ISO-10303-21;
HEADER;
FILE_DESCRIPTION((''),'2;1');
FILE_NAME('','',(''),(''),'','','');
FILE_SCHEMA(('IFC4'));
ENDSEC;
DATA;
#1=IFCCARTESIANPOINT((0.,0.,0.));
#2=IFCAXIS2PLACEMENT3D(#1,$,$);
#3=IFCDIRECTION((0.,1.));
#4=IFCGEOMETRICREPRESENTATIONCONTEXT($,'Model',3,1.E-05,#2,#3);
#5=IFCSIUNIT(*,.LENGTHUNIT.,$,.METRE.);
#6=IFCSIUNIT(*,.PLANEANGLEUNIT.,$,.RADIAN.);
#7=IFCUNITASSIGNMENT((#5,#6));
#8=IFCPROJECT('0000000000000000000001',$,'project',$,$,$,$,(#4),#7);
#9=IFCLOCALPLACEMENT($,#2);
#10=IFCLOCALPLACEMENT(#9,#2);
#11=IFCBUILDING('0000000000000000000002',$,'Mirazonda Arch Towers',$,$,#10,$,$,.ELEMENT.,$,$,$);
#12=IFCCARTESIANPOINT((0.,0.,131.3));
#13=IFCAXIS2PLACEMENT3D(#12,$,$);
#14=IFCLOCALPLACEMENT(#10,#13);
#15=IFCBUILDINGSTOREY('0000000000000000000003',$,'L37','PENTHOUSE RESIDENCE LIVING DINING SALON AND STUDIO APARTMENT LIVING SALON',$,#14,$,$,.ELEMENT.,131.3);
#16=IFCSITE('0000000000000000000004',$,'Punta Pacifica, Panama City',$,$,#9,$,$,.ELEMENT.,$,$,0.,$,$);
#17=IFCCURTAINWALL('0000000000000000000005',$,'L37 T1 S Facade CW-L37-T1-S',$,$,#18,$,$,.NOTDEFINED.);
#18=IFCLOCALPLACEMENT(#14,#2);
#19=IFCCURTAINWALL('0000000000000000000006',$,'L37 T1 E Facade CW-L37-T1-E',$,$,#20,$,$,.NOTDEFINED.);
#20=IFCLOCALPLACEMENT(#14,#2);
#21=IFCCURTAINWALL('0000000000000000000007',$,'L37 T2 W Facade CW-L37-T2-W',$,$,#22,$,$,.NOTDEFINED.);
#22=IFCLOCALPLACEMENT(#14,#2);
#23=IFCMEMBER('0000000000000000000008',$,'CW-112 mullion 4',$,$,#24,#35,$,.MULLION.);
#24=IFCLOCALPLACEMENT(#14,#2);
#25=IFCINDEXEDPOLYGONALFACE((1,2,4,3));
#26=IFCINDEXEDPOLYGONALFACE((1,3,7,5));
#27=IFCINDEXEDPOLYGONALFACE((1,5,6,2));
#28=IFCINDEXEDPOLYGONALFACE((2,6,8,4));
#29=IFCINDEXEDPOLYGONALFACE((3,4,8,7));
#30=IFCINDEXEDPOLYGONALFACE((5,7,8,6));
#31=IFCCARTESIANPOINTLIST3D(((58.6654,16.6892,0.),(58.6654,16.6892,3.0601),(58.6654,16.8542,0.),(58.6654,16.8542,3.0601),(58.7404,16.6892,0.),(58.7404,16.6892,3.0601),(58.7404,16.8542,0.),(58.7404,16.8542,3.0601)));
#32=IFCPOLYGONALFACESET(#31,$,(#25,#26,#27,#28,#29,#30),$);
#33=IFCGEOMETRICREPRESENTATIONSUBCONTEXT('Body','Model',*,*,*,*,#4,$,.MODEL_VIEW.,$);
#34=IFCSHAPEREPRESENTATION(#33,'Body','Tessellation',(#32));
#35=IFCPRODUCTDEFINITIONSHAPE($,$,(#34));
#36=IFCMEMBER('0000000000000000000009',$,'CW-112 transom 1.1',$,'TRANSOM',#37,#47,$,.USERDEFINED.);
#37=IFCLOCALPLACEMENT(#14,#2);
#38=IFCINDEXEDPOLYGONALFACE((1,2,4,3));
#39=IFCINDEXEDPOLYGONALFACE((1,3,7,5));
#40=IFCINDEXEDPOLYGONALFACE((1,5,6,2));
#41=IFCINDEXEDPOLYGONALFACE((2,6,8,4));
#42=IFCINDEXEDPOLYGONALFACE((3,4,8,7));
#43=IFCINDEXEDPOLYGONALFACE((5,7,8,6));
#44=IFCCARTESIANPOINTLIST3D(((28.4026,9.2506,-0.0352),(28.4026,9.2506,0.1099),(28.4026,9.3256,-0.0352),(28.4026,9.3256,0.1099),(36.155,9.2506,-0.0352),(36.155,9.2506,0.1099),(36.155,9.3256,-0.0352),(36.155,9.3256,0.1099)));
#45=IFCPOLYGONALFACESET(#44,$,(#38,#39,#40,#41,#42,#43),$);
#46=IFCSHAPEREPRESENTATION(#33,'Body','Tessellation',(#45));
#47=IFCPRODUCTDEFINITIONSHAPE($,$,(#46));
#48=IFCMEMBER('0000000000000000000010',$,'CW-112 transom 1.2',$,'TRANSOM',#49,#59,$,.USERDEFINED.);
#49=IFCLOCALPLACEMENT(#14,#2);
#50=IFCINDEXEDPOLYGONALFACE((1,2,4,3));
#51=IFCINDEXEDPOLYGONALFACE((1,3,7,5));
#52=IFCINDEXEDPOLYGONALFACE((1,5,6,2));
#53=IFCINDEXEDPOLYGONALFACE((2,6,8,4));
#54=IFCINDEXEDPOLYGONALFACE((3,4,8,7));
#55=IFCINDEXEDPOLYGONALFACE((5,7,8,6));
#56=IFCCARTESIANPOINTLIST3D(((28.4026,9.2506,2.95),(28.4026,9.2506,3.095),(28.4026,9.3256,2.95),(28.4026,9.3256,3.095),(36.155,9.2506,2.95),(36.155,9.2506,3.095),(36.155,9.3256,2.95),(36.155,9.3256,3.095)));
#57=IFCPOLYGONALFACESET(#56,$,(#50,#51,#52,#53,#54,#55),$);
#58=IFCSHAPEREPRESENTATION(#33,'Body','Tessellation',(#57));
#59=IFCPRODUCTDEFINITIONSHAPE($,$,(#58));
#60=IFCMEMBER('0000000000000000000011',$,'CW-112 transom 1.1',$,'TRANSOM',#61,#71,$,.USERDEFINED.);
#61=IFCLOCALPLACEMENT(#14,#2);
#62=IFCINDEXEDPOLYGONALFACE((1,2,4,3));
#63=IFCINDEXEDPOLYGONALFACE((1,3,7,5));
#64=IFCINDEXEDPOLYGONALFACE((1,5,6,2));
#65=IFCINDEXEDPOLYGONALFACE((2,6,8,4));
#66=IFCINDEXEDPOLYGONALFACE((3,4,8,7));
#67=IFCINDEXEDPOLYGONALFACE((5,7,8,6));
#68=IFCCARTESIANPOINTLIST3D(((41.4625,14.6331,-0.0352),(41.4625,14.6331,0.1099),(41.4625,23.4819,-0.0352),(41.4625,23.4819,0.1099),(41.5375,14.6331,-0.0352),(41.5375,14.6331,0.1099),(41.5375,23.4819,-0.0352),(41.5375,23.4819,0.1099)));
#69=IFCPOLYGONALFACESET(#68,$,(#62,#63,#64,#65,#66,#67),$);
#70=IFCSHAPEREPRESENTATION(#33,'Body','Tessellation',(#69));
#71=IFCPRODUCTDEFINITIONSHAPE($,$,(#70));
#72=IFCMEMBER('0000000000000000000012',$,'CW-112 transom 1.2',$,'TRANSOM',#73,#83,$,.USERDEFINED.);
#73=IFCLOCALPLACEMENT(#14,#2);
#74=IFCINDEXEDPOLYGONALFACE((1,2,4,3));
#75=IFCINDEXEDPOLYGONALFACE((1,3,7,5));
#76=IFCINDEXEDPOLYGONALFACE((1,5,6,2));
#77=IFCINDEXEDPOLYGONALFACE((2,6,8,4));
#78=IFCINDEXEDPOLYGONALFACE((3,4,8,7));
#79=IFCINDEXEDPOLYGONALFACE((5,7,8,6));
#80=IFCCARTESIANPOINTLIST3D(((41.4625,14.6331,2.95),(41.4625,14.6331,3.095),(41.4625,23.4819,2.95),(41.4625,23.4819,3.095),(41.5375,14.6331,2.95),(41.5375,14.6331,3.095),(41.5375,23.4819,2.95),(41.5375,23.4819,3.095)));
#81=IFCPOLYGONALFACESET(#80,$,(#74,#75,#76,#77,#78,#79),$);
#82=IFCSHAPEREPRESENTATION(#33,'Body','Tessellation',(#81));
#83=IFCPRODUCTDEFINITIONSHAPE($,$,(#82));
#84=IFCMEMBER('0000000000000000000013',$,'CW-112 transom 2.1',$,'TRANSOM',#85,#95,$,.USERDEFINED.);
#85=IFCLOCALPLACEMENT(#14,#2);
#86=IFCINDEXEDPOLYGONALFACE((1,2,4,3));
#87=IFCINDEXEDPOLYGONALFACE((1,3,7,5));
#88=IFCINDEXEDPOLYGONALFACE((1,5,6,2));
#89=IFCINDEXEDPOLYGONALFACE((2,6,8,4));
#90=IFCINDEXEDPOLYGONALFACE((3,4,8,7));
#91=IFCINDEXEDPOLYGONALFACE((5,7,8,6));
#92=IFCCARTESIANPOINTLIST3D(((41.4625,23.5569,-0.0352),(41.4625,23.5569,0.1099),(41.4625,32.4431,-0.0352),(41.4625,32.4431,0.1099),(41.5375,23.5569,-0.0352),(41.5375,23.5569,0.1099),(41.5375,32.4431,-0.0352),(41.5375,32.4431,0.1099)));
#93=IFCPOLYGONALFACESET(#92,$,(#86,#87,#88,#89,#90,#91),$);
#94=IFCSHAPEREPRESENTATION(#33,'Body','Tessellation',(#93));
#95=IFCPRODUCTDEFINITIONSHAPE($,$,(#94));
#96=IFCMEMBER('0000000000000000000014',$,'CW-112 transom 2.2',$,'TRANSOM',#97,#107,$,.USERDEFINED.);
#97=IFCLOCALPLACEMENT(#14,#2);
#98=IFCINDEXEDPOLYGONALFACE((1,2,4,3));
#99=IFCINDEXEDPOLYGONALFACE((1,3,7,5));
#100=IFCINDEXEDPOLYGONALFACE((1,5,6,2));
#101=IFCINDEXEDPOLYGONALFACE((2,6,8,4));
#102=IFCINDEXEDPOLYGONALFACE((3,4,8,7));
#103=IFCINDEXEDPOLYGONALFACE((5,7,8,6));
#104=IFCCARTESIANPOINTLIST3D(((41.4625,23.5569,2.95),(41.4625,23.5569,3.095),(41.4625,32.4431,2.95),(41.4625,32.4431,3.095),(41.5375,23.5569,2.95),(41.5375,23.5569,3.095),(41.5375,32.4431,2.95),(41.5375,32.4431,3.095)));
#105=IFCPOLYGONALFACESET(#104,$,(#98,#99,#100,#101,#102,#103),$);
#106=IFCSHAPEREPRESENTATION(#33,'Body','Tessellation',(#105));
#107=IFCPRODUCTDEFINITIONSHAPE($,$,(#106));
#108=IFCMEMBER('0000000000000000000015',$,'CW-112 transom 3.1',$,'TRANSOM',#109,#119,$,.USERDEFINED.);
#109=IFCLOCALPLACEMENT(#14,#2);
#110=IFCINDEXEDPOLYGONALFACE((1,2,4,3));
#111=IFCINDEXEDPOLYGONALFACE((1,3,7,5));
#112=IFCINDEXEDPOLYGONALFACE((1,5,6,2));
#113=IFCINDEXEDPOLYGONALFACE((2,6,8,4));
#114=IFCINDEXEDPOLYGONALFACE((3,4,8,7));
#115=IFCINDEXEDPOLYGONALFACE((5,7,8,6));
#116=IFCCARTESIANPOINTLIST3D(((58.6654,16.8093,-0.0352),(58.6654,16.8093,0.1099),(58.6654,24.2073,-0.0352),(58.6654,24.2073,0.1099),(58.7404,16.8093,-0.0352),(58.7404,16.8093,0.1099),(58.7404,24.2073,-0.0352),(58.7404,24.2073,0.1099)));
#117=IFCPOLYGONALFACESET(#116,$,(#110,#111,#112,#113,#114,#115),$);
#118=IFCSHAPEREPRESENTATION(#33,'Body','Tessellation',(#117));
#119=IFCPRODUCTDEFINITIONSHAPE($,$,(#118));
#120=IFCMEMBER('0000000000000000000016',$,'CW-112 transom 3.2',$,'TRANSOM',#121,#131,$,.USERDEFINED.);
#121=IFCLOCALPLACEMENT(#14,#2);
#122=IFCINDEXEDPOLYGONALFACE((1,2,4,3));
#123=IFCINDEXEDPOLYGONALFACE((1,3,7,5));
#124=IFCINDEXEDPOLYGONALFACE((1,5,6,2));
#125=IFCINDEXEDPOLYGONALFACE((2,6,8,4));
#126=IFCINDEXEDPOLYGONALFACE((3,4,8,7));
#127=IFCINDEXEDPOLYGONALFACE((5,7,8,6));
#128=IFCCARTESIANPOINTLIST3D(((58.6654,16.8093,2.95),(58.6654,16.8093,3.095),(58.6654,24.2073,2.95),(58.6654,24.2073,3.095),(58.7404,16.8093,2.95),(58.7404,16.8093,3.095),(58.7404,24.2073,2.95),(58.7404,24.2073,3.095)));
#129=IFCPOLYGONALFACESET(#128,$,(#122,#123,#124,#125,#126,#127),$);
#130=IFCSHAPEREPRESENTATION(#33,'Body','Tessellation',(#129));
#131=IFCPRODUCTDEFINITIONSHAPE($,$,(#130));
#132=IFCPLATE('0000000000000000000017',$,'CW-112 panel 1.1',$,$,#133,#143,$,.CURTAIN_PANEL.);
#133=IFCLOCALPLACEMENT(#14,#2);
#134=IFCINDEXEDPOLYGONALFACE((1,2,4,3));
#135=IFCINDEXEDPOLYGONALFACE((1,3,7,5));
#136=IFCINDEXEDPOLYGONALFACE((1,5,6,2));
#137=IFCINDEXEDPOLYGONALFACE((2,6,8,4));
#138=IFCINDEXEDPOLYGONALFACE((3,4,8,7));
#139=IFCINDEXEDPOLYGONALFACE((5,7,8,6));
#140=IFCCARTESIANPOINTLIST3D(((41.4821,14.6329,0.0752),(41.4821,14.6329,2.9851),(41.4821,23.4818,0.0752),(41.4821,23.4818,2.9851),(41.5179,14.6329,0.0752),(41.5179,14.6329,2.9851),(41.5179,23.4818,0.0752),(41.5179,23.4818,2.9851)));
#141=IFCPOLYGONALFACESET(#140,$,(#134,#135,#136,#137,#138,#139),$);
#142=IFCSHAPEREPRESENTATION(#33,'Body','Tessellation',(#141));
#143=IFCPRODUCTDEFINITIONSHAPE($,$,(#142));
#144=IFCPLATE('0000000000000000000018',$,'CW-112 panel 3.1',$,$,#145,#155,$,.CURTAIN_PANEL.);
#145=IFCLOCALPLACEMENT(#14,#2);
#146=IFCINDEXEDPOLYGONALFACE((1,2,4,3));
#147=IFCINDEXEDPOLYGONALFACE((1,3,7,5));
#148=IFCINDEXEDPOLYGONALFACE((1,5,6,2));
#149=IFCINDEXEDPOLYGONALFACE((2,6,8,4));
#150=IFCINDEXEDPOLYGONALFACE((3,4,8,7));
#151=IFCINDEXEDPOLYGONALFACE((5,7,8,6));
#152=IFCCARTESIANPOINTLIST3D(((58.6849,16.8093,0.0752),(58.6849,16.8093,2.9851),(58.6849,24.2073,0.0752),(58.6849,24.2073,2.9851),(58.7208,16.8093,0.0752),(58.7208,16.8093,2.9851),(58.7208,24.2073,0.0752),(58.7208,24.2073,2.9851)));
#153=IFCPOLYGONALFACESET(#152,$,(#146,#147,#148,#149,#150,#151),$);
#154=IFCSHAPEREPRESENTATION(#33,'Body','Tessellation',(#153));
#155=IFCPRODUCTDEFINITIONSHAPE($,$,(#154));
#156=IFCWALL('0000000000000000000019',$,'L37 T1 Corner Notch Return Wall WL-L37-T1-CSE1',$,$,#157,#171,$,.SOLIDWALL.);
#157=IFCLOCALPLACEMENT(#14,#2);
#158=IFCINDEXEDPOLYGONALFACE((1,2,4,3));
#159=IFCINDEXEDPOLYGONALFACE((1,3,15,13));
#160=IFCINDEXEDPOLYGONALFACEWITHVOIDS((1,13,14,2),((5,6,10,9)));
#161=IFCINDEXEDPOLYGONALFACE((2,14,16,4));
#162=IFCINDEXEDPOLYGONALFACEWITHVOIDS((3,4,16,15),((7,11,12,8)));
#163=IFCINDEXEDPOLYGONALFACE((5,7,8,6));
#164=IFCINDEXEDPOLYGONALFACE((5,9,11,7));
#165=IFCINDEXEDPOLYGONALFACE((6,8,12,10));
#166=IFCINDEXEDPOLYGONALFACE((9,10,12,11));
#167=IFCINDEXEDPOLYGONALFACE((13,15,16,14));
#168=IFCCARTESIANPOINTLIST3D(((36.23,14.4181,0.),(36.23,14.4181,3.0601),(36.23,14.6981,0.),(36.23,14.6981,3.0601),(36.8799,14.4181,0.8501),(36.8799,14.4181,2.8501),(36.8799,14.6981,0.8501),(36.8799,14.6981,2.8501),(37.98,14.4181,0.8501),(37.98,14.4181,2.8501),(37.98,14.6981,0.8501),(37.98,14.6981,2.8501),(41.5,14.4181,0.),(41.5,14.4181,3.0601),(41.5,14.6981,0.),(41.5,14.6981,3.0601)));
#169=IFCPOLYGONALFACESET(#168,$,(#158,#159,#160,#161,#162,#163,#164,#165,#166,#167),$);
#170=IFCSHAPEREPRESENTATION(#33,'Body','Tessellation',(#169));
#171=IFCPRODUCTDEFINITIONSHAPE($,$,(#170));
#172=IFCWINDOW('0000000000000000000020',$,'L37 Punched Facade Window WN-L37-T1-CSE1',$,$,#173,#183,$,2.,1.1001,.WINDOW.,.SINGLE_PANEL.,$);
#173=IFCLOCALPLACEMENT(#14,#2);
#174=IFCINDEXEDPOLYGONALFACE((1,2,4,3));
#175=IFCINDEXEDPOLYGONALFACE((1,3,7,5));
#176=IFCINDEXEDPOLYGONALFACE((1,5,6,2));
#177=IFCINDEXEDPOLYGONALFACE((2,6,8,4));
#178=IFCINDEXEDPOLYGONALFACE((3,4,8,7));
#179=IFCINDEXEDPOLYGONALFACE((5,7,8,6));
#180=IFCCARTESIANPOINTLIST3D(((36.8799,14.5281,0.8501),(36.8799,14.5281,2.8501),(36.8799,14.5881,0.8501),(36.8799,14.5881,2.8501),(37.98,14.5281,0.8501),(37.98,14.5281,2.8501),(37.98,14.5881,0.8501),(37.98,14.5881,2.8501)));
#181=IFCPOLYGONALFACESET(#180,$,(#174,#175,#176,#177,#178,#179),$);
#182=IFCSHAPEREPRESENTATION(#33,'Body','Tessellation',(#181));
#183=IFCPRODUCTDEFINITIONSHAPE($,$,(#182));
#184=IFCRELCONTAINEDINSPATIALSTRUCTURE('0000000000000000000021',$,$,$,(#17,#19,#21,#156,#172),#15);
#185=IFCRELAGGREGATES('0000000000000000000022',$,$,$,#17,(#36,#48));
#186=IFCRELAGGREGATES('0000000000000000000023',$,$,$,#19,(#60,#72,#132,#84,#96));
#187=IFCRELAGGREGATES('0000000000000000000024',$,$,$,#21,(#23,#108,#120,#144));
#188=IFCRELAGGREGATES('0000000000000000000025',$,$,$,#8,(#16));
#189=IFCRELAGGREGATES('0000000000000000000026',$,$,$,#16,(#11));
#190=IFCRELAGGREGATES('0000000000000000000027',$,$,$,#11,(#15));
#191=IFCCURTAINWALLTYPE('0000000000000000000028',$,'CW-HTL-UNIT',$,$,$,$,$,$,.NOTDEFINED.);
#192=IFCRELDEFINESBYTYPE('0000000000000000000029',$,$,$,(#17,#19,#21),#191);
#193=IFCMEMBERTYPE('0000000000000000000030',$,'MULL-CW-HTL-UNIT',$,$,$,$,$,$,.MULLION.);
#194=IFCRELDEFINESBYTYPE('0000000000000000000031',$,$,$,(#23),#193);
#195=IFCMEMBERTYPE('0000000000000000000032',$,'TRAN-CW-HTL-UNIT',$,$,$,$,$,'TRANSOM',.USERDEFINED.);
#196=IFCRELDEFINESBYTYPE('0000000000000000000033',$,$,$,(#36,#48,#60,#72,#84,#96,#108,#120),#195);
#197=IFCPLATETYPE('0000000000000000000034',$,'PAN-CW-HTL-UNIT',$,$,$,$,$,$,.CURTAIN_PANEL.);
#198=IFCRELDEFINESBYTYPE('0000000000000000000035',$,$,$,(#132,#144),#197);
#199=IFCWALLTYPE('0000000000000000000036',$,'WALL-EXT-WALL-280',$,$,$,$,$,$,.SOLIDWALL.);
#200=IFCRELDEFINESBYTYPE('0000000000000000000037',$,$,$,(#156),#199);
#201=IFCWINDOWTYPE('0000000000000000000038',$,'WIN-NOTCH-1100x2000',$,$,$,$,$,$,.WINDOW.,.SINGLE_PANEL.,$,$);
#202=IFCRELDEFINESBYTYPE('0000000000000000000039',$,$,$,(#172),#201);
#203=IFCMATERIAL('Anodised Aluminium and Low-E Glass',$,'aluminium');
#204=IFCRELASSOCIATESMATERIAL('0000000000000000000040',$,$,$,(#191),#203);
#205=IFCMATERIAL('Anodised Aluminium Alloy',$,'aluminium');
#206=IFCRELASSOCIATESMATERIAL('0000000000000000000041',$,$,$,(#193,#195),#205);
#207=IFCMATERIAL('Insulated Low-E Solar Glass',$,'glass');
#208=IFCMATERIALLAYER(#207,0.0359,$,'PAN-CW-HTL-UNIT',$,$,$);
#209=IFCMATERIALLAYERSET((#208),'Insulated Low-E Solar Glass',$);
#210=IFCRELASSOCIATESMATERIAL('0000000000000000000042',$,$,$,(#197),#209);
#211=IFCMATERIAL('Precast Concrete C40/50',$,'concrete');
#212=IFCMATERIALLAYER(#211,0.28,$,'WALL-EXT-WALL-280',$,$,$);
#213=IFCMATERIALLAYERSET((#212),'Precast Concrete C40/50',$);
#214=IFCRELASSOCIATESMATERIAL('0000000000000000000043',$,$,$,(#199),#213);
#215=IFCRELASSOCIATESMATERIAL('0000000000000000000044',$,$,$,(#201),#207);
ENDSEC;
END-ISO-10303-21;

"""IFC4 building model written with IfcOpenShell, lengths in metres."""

from ifc_helpers import new_model, si_unit, direction, frame, frame_2d, origin, origin_2d, place, context, subcontext, project, spatial, rectangle, extrude, material, layer, layer_set, material_profile, profile_set, type_object, element, fill, aggregate, save


model = new_model("IFC4")

# Units and contexts
model_context = context("Model", 3, precision=1e-05, world=origin(), true_north=direction((0.0, 1.0)))
body_context = subcontext(model_context, "Body", "Model", "MODEL_VIEW")
ifc_project = project(units=[si_unit("LENGTHUNIT", "METRE"), si_unit("PLANEANGLEUNIT", "RADIAN")], contexts=[model_context])

# Site, building, storey
site_placement = place(None, origin())
site = spatial("IfcSite", under=ifc_project, at=site_placement, Name="Punta Pacifica, Panama City", CompositionType="ELEMENT", RefElevation=0.0)
building_placement = place(site_placement, origin())
building = spatial("IfcBuilding", under=site, at=building_placement, Name="Mirazonda Arch Towers", CompositionType="ELEMENT")
storey_placement = place(building_placement, frame((0.0, 0.0, 131.3)))
storey = spatial("IfcBuildingStorey", under=building, at=storey_placement, Name="L37", Description="PENTHOUSE RESIDENCE LIVING DINING SALON AND STUDIO APARTMENT LIVING SALON", CompositionType="ELEMENT", Elevation=131.3)

# Curtain wall
ifc_material_1 = material(Name="Anodised Aluminium and Low-E Glass", Category="aluminium")
curtain_wall_type = type_object("IfcCurtainWallType", Name="CW-HTL-UNIT", PredefinedType="NOTDEFINED", material=ifc_material_1)
curtain_wall_1_placement = place(storey_placement, origin())
curtain_wall_1 = element("IfcCurtainWall", 1, at=curtain_wall_1_placement, inside=storey, type_object=curtain_wall_type, Name="L37 T1 S Facade CW-L37-T1-S", PredefinedType="NOTDEFINED")
ifc_material_2 = material(Name="Anodised Aluminium Alloy", Category="aluminium")
ifc_material_profile_1 = material_profile(ifc_material_2, rectangle(XDim=0.075, YDim=0.165, at=origin_2d()), Name="ALU-MULL-75x165")
ifc_profile_set_1 = profile_set([ifc_material_profile_1], Name="Anodised Aluminium Alloy")
member_type_1 = type_object("IfcMemberType", Name="MULL-CW-HTL-UNIT", PredefinedType="MULLION", material=ifc_profile_set_1)

# Curtain walls, member
curtain_wall_2_placement = place(storey_placement, origin())
curtain_wall_2 = element("IfcCurtainWall", 2, at=curtain_wall_2_placement, inside=storey, type_object=curtain_wall_type, Name="L37 T1 E Facade CW-L37-T1-E", PredefinedType="NOTDEFINED")
curtain_wall_3_placement = place(storey_placement, origin())
curtain_wall_3 = element("IfcCurtainWall", 3, at=curtain_wall_3_placement, inside=storey, type_object=curtain_wall_type, Name="L37 T2 W Facade CW-L37-T2-W", PredefinedType="NOTDEFINED")
member_1_placement = place(storey_placement, frame((58.7029, 16.7717, 0.0), z_axis=(0.0, 0.0, 1.0), x_axis=(1.0, 0.0, 0.0)))
member_1 = element("IfcMember", 4, at=member_1_placement, type_object=member_type_1, Name="CW-112 mullion 4", PredefinedType="MULLION", context=body_context, shape_type="SweptSolid", body=[
    extrude(rectangle(XDim=0.075, YDim=0.165, at=origin_2d()), origin(), (0.0, 0.0, 1.0), 3.0601),
])

# Members
ifc_material_profile_2 = material_profile(ifc_material_2, rectangle(XDim=0.075, YDim=0.145, at=origin_2d()), Name="ALU-TRAN-75x145")
ifc_profile_set_2 = profile_set([ifc_material_profile_2], Name="Anodised Aluminium Alloy")
member_type_2 = type_object("IfcMemberType", Name="TRAN-CW-HTL-UNIT", ElementType="TRANSOM", PredefinedType="USERDEFINED", material=ifc_profile_set_2)
member_2_placement = place(storey_placement, frame((36.155, 9.2881, 0.0374), z_axis=(-1.0, 0.0, 0.0), x_axis=(0.0, -1.0, 0.0)))
member_2 = element("IfcMember", 5, at=member_2_placement, type_object=member_type_2, Name="CW-112 transom 1.1", ObjectType="TRANSOM", PredefinedType="USERDEFINED", context=body_context, shape_type="SweptSolid", body=[
    extrude(rectangle(XDim=0.075, YDim=0.145, at=origin_2d()), origin(), (0.0, 0.0, 1.0), 7.7524),
])
member_3_placement = place(storey_placement, frame((36.155, 9.2881, 3.0225), z_axis=(-1.0, 0.0, 0.0), x_axis=(0.0, -1.0, 0.0)))
member_3 = element("IfcMember", 6, at=member_3_placement, type_object=member_type_2, Name="CW-112 transom 1.2", ObjectType="TRANSOM", PredefinedType="USERDEFINED", context=body_context, shape_type="SweptSolid", body=[
    extrude(rectangle(XDim=0.075, YDim=0.145, at=origin_2d()), origin(), (0.0, 0.0, 1.0), 7.7524),
])
aggregate(curtain_wall_1, [member_2, member_3])
member_4_placement = place(storey_placement, frame((41.5, 14.6331, 0.0374), z_axis=(0.0, 1.0, 0.0), x_axis=(-1.0, 0.0, 0.0)))
member_4 = element("IfcMember", 7, at=member_4_placement, type_object=member_type_2, Name="CW-112 transom 1.1", ObjectType="TRANSOM", PredefinedType="USERDEFINED", context=body_context, shape_type="SweptSolid", body=[
    extrude(rectangle(XDim=0.075, YDim=0.145, at=origin_2d()), origin(), (0.0, 0.0, 1.0), 8.8489),
])
member_5_placement = place(storey_placement, frame((41.5, 14.6331, 3.0225), z_axis=(0.0, 1.0, 0.0), x_axis=(-1.0, 0.0, 0.0)))
member_5 = element("IfcMember", 8, at=member_5_placement, type_object=member_type_2, Name="CW-112 transom 1.2", ObjectType="TRANSOM", PredefinedType="USERDEFINED", context=body_context, shape_type="SweptSolid", body=[
    extrude(rectangle(XDim=0.075, YDim=0.145, at=origin_2d()), origin(), (0.0, 0.0, 1.0), 8.8489),
])
member_6_placement = place(storey_placement, frame((41.5, 23.5569, 0.0374), z_axis=(0.0, 1.0, 0.0), x_axis=(-1.0, 0.0, 0.0)))
member_6 = element("IfcMember", 9, at=member_6_placement, type_object=member_type_2, Name="CW-112 transom 2.1", ObjectType="TRANSOM", PredefinedType="USERDEFINED", context=body_context, shape_type="SweptSolid", body=[
    extrude(rectangle(XDim=0.075, YDim=0.145, at=origin_2d()), origin(), (0.0, 0.0, 1.0), 8.8862),
])
member_7_placement = place(storey_placement, frame((41.5, 23.5569, 3.0225), z_axis=(0.0, 1.0, 0.0), x_axis=(-1.0, 0.0, 0.0)))
member_7 = element("IfcMember", 10, at=member_7_placement, type_object=member_type_2, Name="CW-112 transom 2.2", ObjectType="TRANSOM", PredefinedType="USERDEFINED", context=body_context, shape_type="SweptSolid", body=[
    extrude(rectangle(XDim=0.075, YDim=0.145, at=origin_2d()), origin(), (0.0, 0.0, 1.0), 8.8862),
])
member_8_placement = place(storey_placement, frame((58.7029, 24.2073, 0.0374), z_axis=(0.0, -1.0, 0.0), x_axis=(1.0, 0.0, 0.0)))
member_8 = element("IfcMember", 11, at=member_8_placement, type_object=member_type_2, Name="CW-112 transom 3.1", ObjectType="TRANSOM", PredefinedType="USERDEFINED", context=body_context, shape_type="SweptSolid", body=[
    extrude(rectangle(XDim=0.075, YDim=0.145, at=origin_2d()), origin(), (0.0, 0.0, 1.0), 7.3979),
])
member_9_placement = place(storey_placement, frame((58.7029, 24.2073, 3.0225), z_axis=(0.0, -1.0, 0.0), x_axis=(1.0, 0.0, 0.0)))
member_9 = element("IfcMember", 12, at=member_9_placement, type_object=member_type_2, Name="CW-112 transom 3.2", ObjectType="TRANSOM", PredefinedType="USERDEFINED", context=body_context, shape_type="SweptSolid", body=[
    extrude(rectangle(XDim=0.075, YDim=0.145, at=origin_2d()), origin(), (0.0, 0.0, 1.0), 7.3979),
])

# Plates
ifc_material_3 = material(Name="Insulated Low-E Solar Glass", Category="glass")
ifc_layer_1 = layer(ifc_material_3, 0.0359, Name="PAN-CW-HTL-UNIT")
ifc_layer_set_1 = layer_set([ifc_layer_1], Name="Insulated Low-E Solar Glass")
plate_type = type_object("IfcPlateType", Name="PAN-CW-HTL-UNIT", PredefinedType="CURTAIN_PANEL", material=ifc_layer_set_1)
plate_1_placement = place(storey_placement, frame((41.5, 19.0574, 0.0752), z_axis=(0.0, 0.0, 1.0), x_axis=(0.0, 1.0, 0.0)))
plate_1 = element("IfcPlate", 13, at=plate_1_placement, type_object=plate_type, Name="CW-112 panel 1.1", PredefinedType="CURTAIN_PANEL", context=body_context, shape_type="SweptSolid", body=[
    extrude(rectangle(XDim=8.8489, YDim=0.0359, at=origin_2d()), origin(), (0.0, 0.0, 1.0), 2.9099),
])
aggregate(curtain_wall_2, [member_4, member_5, plate_1, member_6, member_7])
plate_2_placement = place(storey_placement, frame((58.7029, 20.5083, 0.0752), z_axis=(0.0, 0.0, 1.0), x_axis=(0.0, -1.0, 0.0)))
plate_2 = element("IfcPlate", 14, at=plate_2_placement, type_object=plate_type, Name="CW-112 panel 3.1", PredefinedType="CURTAIN_PANEL", context=body_context, shape_type="SweptSolid", body=[
    extrude(rectangle(XDim=7.3979, YDim=0.0359, at=origin_2d()), origin(), (0.0, 0.0, 1.0), 2.9099),
])
aggregate(curtain_wall_3, [member_1, member_8, member_9, plate_2])

# Wall, opening, window
ifc_material_4 = material(Name="Precast Concrete C40/50", Category="concrete")
ifc_layer_2 = layer(ifc_material_4, 0.28, Name="WALL-EXT-WALL-280")
ifc_layer_set_2 = layer_set([ifc_layer_2], Name="Precast Concrete C40/50")
wall_type_1 = type_object("IfcWallType", Name="WALL-EXT-WALL-280", PredefinedType="SOLIDWALL", material=ifc_layer_set_2)
wall_1_placement = place(storey_placement, frame((36.23, 14.5581, 0.0), z_axis=(0.0, 0.0, 1.0), x_axis=(1.0, 0.0, 0.0)))
wall_1 = element("IfcWall", 15, at=wall_1_placement, inside=storey, type_object=wall_type_1, Name="L37 T1 Corner Notch Return Wall WL-L37-T1-CSE1", PredefinedType="SOLIDWALL", context=body_context, shape_type="SweptSolid", body=[
    extrude(rectangle(XDim=5.27, YDim=0.28, at=frame_2d((2.635, 0.0))), origin(), (0.0, 0.0, 1.0), 3.0601),
])
opening_1_placement = place(wall_1_placement, frame((0.6499, 0.0, 0.8501)))
opening_1 = element("IfcOpeningElement", 16, at=opening_1_placement, cuts=wall_1, PredefinedType="OPENING", context=body_context, shape_type="SweptSolid", body=[
    extrude(rectangle(XDim=1.1001, YDim=2.0, at=frame_2d((0.55, 1.0))), frame((0.0, 0.1499, 0.0), z_axis=(0.0, -1.0, 0.0), x_axis=(1.0, 0.0, 0.0)), (0.0, 0.0, 1.0), 0.3),
])
window_type = type_object("IfcWindowType", Name="WIN-NOTCH-1100x2000", PartitioningType="SINGLE_PANEL", PredefinedType="WINDOW", material=ifc_material_3)
window_1_placement = place(opening_1_placement, origin())
window_1 = element("IfcWindow", 17, at=window_1_placement, inside=storey, type_object=window_type, Name="L37 Punched Facade Window WN-L37-T1-CSE1", OverallHeight=2.0, OverallWidth=1.1001, PartitioningType="SINGLE_PANEL", PredefinedType="WINDOW", context=body_context, shape_type="SweptSolid", body=[
    extrude(rectangle(XDim=1.1001, YDim=2.0, at=frame_2d((0.55, 1.0))), frame((0.0, 0.03, 0.0), z_axis=(0.0, -1.0, 0.0), x_axis=(1.0, 0.0, 0.0)), (0.0, 0.0, 1.0), 0.0601),
])
fill(opening_1, window_1)

save(model, "model.ifc")
